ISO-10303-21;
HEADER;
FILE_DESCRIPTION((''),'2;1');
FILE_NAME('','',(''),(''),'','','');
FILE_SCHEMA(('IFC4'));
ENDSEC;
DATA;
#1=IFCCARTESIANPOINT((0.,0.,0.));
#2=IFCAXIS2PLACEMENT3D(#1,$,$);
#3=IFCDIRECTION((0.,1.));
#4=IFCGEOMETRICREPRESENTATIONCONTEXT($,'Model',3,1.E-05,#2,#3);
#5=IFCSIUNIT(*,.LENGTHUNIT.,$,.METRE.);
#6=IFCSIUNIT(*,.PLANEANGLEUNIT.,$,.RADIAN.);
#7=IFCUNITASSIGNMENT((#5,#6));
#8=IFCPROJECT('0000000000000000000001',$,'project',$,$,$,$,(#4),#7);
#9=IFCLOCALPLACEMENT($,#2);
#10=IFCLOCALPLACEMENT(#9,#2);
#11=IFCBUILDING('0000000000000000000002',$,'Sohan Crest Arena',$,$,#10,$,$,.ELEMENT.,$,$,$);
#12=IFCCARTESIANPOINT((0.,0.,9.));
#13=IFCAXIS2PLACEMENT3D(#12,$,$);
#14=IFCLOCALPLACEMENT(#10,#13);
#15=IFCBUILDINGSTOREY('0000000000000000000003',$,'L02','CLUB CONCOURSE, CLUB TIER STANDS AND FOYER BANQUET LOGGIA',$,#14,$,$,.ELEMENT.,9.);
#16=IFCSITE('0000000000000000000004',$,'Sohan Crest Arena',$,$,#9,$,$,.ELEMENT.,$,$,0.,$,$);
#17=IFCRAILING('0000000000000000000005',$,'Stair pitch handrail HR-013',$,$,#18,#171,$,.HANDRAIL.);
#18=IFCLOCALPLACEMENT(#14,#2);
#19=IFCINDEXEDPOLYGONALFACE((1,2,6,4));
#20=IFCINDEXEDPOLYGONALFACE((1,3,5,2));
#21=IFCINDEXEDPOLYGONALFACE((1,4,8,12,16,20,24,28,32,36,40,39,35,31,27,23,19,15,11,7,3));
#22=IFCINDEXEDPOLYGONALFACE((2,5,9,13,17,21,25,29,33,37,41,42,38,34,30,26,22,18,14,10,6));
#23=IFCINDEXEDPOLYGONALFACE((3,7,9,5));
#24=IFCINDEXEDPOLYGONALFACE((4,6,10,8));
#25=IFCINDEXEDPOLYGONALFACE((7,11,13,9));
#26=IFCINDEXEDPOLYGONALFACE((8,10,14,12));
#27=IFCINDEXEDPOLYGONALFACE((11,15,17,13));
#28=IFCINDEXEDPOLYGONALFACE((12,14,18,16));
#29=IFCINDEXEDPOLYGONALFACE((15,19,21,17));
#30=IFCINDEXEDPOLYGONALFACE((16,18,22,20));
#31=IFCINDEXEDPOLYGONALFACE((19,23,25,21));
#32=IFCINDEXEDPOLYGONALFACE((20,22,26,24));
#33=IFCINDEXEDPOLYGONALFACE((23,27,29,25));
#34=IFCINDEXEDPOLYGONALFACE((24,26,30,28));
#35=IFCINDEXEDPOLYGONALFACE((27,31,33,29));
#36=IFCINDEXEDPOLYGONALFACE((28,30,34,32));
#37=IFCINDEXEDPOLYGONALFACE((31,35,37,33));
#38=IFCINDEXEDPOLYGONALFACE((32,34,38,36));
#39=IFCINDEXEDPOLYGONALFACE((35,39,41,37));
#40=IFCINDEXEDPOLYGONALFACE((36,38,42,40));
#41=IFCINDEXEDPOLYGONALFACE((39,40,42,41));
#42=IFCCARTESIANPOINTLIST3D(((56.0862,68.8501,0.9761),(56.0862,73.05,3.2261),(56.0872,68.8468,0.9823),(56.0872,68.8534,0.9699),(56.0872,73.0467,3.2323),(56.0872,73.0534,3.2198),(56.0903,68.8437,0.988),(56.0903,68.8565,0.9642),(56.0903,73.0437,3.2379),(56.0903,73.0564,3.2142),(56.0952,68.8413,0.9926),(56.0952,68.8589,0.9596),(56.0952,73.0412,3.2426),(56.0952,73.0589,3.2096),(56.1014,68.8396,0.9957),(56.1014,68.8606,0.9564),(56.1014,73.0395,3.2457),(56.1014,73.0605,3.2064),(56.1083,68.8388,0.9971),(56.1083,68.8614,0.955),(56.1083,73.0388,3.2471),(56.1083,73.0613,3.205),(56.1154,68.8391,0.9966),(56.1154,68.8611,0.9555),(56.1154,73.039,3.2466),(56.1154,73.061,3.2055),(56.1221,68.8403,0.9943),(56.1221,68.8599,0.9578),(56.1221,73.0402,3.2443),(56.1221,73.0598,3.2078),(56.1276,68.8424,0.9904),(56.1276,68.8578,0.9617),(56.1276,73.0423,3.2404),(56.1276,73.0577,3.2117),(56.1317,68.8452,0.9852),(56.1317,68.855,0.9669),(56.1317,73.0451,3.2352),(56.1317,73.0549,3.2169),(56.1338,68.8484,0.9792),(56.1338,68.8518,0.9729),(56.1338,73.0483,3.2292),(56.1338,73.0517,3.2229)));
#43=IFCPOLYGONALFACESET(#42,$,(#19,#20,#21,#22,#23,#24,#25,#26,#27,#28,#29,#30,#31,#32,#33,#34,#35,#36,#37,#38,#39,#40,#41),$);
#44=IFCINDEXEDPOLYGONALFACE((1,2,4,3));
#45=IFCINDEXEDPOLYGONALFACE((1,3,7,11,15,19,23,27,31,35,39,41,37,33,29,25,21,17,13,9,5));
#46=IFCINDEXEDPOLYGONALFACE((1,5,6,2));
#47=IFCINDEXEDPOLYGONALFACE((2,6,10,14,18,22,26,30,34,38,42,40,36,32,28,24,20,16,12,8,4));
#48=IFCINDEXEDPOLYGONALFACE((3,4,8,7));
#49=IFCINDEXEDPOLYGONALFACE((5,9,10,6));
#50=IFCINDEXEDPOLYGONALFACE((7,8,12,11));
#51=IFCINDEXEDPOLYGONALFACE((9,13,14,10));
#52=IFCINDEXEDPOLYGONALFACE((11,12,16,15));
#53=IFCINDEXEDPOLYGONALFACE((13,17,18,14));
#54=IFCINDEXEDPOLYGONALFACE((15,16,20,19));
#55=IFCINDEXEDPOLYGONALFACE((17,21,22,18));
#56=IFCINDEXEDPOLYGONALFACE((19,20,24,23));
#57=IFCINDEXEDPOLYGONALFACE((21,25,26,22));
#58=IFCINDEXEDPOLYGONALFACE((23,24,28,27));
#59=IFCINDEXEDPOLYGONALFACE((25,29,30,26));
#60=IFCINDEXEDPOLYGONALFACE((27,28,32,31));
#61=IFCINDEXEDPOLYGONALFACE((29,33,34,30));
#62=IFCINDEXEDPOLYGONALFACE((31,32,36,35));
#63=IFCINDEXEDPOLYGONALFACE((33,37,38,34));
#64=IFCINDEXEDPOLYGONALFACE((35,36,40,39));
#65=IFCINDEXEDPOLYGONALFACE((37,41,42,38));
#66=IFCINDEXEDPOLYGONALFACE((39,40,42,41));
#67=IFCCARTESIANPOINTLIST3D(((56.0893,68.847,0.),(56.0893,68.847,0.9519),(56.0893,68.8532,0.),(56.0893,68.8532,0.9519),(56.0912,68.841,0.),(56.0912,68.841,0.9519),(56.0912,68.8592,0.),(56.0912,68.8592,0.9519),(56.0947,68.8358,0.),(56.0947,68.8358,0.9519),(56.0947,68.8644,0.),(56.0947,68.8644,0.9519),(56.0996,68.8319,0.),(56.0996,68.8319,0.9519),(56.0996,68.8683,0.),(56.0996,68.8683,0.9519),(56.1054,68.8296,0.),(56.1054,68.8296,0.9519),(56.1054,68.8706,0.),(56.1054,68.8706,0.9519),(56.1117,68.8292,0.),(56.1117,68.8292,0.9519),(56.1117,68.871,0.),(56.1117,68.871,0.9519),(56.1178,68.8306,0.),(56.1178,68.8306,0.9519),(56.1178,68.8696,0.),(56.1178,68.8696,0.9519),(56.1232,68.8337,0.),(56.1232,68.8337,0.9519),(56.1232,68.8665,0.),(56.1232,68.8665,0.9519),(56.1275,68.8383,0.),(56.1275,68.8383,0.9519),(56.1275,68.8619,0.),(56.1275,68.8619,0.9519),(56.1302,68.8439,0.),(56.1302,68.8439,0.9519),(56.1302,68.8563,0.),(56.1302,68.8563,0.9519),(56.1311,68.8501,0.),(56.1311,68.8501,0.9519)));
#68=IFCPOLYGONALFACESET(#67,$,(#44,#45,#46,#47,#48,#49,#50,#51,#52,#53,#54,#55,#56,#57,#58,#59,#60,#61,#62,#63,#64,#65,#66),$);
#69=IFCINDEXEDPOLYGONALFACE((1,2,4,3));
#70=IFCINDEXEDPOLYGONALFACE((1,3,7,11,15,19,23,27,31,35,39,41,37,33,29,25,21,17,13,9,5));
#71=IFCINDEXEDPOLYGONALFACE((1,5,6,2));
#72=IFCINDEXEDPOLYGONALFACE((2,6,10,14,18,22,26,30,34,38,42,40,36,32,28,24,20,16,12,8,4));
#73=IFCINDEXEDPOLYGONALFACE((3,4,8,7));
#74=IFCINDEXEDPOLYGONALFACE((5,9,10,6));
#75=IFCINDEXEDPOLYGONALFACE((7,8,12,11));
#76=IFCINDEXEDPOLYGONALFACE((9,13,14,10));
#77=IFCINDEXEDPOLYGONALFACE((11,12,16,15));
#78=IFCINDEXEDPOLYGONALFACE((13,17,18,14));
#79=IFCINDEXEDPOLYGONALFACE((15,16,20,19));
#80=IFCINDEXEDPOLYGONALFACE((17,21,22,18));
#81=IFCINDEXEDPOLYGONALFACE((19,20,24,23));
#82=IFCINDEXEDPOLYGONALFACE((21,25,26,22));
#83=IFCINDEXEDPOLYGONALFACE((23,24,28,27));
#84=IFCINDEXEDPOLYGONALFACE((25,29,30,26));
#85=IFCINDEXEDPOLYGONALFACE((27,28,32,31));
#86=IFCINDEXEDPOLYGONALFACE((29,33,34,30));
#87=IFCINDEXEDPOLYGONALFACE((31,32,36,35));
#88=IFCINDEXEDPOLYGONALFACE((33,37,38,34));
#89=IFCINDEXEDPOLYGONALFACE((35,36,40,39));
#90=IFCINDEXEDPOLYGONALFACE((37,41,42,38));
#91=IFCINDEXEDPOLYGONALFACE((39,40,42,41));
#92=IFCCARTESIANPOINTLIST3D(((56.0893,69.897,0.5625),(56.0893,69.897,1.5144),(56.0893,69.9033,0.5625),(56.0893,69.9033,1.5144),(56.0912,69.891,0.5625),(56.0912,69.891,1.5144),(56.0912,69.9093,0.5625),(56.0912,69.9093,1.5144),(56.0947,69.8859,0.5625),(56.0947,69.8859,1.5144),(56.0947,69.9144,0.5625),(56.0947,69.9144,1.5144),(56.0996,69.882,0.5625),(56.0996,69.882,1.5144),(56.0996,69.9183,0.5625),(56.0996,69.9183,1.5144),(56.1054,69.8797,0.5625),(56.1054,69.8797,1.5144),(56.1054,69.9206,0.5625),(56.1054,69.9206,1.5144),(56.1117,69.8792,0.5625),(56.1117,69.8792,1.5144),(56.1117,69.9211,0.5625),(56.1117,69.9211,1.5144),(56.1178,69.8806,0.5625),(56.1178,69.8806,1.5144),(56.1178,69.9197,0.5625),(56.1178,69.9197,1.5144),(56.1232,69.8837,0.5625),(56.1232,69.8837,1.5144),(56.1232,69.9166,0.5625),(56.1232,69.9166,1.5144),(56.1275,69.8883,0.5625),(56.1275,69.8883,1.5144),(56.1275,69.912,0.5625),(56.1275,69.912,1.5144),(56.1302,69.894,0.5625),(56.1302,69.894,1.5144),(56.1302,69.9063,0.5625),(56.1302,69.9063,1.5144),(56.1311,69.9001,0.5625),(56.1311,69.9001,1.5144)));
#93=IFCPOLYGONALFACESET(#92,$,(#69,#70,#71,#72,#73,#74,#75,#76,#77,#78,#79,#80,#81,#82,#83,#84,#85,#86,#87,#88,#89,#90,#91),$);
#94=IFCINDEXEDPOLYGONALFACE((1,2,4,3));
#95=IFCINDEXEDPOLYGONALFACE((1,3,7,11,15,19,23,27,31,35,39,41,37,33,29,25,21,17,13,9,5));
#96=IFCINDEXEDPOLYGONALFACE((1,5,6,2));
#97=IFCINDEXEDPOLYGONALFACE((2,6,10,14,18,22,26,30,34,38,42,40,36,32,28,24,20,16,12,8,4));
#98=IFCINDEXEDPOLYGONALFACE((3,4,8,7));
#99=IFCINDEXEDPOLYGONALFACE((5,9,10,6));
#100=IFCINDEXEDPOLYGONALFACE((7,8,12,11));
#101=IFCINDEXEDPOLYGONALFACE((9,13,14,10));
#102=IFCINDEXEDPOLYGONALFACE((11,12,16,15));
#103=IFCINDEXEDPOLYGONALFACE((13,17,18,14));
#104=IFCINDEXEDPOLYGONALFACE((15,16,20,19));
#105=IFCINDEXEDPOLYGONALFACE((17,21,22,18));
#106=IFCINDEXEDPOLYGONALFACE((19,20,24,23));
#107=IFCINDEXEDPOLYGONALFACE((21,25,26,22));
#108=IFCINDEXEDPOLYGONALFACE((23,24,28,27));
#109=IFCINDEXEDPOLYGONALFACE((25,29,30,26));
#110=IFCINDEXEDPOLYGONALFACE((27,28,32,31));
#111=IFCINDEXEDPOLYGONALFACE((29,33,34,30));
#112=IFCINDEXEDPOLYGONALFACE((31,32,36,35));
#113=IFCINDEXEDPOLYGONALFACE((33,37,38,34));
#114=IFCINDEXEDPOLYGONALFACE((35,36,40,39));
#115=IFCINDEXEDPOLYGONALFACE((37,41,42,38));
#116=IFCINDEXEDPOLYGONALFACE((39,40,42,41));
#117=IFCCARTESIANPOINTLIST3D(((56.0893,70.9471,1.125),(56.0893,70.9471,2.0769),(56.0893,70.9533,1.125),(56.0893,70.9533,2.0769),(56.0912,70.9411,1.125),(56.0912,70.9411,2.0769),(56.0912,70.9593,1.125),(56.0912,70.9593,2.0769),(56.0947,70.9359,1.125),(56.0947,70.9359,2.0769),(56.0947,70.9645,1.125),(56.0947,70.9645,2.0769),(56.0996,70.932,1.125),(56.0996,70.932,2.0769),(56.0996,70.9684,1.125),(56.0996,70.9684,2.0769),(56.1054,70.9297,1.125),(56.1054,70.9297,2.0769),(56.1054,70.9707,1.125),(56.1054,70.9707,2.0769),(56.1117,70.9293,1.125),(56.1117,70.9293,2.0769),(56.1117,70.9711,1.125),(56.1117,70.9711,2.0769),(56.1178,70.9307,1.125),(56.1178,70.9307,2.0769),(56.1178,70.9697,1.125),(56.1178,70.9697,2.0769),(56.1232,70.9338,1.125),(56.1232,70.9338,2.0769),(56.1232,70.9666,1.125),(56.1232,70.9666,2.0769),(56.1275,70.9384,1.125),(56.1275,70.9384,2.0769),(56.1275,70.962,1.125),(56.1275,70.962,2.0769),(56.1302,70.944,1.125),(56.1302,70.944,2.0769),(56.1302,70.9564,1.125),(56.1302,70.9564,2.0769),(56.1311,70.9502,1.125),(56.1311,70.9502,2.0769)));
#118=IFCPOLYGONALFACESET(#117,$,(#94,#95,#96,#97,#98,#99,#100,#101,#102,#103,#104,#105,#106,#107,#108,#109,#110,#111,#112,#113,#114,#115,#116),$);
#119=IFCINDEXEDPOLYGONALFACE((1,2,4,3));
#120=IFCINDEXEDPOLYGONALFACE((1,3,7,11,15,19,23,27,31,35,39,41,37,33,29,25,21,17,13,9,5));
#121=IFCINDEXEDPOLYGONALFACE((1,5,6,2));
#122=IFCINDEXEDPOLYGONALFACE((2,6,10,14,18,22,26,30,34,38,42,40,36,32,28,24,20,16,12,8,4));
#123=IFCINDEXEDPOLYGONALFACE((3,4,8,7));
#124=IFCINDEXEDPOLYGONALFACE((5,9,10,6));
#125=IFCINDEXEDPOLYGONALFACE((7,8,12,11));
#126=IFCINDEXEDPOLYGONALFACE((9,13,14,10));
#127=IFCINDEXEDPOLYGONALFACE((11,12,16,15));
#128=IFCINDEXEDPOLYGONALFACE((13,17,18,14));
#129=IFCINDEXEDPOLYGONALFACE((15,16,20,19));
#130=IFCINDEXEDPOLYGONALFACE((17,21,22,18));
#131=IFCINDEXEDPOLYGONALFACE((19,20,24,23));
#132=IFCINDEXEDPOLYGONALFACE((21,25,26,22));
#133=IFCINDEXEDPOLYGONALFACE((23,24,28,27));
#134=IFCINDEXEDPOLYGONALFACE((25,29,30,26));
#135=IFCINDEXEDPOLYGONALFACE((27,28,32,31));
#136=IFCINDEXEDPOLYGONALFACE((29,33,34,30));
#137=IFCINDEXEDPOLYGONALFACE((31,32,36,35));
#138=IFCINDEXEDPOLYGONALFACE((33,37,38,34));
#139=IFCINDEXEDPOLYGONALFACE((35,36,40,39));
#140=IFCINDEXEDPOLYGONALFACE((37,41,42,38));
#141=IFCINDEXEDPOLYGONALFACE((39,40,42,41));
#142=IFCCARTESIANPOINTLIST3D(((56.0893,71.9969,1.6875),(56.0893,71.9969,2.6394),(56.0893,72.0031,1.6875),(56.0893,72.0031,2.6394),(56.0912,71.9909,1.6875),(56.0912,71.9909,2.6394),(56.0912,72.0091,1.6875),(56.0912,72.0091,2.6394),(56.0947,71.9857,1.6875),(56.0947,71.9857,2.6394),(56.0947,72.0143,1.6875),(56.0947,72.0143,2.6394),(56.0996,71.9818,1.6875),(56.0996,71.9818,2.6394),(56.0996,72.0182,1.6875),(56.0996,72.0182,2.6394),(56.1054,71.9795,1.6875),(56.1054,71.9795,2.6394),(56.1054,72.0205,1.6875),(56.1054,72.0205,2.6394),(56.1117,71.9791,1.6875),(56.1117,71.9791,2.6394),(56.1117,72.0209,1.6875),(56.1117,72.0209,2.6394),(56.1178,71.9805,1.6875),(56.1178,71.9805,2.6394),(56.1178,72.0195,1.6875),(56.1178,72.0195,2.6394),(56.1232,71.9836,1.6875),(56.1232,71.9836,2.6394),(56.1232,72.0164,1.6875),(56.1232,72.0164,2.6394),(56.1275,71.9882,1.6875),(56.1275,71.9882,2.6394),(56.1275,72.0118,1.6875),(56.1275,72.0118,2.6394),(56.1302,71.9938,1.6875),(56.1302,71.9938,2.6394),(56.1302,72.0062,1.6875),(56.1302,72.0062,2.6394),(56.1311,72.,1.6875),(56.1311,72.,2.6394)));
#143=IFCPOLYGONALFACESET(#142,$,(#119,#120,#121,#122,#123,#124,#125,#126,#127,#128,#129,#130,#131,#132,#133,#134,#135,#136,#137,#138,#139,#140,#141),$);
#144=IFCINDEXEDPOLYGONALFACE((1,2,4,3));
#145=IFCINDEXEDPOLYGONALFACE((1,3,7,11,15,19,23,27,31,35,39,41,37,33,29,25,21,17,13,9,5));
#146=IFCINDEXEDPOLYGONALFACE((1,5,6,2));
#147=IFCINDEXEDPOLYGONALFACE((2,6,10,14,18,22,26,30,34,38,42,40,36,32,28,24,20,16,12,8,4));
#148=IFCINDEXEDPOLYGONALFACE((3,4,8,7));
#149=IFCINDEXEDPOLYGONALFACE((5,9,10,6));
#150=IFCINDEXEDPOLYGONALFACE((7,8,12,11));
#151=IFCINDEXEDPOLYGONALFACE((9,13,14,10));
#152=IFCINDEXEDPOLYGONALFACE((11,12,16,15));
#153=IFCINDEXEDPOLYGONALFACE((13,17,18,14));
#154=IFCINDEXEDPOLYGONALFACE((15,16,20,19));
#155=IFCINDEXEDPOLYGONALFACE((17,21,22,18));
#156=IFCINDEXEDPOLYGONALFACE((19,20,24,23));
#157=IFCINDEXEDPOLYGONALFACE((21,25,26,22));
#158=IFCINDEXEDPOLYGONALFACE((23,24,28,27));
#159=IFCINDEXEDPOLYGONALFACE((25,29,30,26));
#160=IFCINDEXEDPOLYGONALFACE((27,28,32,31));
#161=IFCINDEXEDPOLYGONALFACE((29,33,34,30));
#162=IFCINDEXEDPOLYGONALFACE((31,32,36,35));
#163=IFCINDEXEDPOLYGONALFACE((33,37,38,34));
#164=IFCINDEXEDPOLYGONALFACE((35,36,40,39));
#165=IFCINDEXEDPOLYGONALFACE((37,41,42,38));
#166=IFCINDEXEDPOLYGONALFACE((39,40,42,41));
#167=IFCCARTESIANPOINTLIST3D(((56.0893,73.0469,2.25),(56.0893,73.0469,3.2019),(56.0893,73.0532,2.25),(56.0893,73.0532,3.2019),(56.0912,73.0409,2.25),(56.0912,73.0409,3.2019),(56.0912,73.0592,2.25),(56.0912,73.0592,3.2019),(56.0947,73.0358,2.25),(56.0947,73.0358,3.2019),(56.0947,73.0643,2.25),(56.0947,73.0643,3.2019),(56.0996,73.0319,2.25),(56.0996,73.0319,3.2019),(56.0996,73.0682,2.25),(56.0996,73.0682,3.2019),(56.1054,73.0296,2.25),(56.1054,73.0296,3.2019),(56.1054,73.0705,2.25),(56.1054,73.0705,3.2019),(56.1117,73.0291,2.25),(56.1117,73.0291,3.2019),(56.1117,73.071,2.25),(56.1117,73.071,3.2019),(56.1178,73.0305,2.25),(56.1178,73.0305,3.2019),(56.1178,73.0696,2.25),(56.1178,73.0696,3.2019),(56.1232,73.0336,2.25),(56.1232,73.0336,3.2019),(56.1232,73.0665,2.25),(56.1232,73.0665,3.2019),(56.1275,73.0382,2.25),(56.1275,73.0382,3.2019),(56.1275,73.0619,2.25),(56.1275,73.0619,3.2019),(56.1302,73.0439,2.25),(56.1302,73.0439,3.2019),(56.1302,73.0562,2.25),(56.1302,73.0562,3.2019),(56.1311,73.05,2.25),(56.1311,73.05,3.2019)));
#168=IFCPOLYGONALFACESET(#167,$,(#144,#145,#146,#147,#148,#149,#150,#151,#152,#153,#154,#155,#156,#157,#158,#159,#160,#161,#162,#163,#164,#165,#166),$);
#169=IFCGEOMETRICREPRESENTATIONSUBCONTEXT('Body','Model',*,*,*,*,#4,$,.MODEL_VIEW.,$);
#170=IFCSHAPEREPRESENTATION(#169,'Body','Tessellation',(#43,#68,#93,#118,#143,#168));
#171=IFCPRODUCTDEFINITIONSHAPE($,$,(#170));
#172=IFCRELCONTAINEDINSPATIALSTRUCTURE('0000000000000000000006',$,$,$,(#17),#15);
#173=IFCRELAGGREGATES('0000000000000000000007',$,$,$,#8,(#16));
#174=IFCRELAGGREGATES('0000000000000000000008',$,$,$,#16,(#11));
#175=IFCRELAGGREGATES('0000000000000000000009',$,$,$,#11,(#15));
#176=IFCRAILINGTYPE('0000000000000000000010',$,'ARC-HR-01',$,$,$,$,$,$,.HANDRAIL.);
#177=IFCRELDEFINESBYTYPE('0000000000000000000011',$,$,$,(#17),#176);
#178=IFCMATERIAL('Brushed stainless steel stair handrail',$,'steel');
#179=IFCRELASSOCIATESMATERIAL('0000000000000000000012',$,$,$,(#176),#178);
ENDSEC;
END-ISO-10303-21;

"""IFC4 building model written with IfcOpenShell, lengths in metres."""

from ifc_helpers import new_model, si_unit, direction, frame, origin, origin_2d, place, context, subcontext, project, spatial, circle, extrude, material, type_object, element, save


model = new_model("IFC4")

# Units and contexts
model_context = context("Model", 3, precision=1e-05, world=origin(), true_north=direction((0.0, 1.0)))
body_context = subcontext(model_context, "Body", "Model", "MODEL_VIEW")
ifc_project = project(units=[si_unit("LENGTHUNIT", "METRE"), si_unit("PLANEANGLEUNIT", "RADIAN")], contexts=[model_context])

# Site, building, storey
site_placement = place(None, origin())
site = spatial("IfcSite", under=ifc_project, at=site_placement, Name="Sohan Crest Arena", CompositionType="ELEMENT", RefElevation=0.0)
building_placement = place(site_placement, origin())
building = spatial("IfcBuilding", under=site, at=building_placement, Name="Sohan Crest Arena", CompositionType="ELEMENT")
storey_placement = place(building_placement, frame((0.0, 0.0, 9.0)))
storey = spatial("IfcBuildingStorey", under=building, at=storey_placement, Name="L02", Description="CLUB CONCOURSE, CLUB TIER STANDS AND FOYER BANQUET LOGGIA", CompositionType="ELEMENT", Elevation=9.0)

# Railing
ifc_material_1 = material(Name="Brushed stainless steel stair handrail", Category="steel")
railing_type = type_object("IfcRailingType", Name="ARC-HR-01", PredefinedType="HANDRAIL", material=ifc_material_1)
railing_placement = place(storey_placement, frame((56.1101, 68.8501, 0.0)))
element("IfcRailing", 1, at=railing_placement, inside=storey, type_object=railing_type, Name="Stair pitch handrail HR-013", PredefinedType="HANDRAIL", context=body_context, shape_type="SweptSolid", body=[
    extrude(circle(Radius=0.0239, at=origin_2d()), frame((0.0, 0.0, 0.9761), z_axis=(0.0, 0.881478, 0.472226), x_axis=(-1.0, 0.0, 0.0)), (0.0, 0.0, 1.0), 4.7646),
    extrude(circle(Radius=0.021, at=origin_2d()), origin(), (0.0, 0.0, 1.0), 0.9519),
    extrude(circle(Radius=0.021, at=origin_2d()), frame((0.0, 1.05, 0.5625)), (0.0, 0.0, 1.0), 0.9519),
    extrude(circle(Radius=0.021, at=origin_2d()), frame((0.0, 2.1001, 1.125)), (0.0, 0.0, 1.0), 0.9519),
    extrude(circle(Radius=0.021, at=origin_2d()), frame((0.0, 3.1499, 1.6875)), (0.0, 0.0, 1.0), 0.9519),
    extrude(circle(Radius=0.021, at=origin_2d()), frame((0.0, 4.2, 2.25)), (0.0, 0.0, 1.0), 0.9519),
])

save(model, "model.ifc")
